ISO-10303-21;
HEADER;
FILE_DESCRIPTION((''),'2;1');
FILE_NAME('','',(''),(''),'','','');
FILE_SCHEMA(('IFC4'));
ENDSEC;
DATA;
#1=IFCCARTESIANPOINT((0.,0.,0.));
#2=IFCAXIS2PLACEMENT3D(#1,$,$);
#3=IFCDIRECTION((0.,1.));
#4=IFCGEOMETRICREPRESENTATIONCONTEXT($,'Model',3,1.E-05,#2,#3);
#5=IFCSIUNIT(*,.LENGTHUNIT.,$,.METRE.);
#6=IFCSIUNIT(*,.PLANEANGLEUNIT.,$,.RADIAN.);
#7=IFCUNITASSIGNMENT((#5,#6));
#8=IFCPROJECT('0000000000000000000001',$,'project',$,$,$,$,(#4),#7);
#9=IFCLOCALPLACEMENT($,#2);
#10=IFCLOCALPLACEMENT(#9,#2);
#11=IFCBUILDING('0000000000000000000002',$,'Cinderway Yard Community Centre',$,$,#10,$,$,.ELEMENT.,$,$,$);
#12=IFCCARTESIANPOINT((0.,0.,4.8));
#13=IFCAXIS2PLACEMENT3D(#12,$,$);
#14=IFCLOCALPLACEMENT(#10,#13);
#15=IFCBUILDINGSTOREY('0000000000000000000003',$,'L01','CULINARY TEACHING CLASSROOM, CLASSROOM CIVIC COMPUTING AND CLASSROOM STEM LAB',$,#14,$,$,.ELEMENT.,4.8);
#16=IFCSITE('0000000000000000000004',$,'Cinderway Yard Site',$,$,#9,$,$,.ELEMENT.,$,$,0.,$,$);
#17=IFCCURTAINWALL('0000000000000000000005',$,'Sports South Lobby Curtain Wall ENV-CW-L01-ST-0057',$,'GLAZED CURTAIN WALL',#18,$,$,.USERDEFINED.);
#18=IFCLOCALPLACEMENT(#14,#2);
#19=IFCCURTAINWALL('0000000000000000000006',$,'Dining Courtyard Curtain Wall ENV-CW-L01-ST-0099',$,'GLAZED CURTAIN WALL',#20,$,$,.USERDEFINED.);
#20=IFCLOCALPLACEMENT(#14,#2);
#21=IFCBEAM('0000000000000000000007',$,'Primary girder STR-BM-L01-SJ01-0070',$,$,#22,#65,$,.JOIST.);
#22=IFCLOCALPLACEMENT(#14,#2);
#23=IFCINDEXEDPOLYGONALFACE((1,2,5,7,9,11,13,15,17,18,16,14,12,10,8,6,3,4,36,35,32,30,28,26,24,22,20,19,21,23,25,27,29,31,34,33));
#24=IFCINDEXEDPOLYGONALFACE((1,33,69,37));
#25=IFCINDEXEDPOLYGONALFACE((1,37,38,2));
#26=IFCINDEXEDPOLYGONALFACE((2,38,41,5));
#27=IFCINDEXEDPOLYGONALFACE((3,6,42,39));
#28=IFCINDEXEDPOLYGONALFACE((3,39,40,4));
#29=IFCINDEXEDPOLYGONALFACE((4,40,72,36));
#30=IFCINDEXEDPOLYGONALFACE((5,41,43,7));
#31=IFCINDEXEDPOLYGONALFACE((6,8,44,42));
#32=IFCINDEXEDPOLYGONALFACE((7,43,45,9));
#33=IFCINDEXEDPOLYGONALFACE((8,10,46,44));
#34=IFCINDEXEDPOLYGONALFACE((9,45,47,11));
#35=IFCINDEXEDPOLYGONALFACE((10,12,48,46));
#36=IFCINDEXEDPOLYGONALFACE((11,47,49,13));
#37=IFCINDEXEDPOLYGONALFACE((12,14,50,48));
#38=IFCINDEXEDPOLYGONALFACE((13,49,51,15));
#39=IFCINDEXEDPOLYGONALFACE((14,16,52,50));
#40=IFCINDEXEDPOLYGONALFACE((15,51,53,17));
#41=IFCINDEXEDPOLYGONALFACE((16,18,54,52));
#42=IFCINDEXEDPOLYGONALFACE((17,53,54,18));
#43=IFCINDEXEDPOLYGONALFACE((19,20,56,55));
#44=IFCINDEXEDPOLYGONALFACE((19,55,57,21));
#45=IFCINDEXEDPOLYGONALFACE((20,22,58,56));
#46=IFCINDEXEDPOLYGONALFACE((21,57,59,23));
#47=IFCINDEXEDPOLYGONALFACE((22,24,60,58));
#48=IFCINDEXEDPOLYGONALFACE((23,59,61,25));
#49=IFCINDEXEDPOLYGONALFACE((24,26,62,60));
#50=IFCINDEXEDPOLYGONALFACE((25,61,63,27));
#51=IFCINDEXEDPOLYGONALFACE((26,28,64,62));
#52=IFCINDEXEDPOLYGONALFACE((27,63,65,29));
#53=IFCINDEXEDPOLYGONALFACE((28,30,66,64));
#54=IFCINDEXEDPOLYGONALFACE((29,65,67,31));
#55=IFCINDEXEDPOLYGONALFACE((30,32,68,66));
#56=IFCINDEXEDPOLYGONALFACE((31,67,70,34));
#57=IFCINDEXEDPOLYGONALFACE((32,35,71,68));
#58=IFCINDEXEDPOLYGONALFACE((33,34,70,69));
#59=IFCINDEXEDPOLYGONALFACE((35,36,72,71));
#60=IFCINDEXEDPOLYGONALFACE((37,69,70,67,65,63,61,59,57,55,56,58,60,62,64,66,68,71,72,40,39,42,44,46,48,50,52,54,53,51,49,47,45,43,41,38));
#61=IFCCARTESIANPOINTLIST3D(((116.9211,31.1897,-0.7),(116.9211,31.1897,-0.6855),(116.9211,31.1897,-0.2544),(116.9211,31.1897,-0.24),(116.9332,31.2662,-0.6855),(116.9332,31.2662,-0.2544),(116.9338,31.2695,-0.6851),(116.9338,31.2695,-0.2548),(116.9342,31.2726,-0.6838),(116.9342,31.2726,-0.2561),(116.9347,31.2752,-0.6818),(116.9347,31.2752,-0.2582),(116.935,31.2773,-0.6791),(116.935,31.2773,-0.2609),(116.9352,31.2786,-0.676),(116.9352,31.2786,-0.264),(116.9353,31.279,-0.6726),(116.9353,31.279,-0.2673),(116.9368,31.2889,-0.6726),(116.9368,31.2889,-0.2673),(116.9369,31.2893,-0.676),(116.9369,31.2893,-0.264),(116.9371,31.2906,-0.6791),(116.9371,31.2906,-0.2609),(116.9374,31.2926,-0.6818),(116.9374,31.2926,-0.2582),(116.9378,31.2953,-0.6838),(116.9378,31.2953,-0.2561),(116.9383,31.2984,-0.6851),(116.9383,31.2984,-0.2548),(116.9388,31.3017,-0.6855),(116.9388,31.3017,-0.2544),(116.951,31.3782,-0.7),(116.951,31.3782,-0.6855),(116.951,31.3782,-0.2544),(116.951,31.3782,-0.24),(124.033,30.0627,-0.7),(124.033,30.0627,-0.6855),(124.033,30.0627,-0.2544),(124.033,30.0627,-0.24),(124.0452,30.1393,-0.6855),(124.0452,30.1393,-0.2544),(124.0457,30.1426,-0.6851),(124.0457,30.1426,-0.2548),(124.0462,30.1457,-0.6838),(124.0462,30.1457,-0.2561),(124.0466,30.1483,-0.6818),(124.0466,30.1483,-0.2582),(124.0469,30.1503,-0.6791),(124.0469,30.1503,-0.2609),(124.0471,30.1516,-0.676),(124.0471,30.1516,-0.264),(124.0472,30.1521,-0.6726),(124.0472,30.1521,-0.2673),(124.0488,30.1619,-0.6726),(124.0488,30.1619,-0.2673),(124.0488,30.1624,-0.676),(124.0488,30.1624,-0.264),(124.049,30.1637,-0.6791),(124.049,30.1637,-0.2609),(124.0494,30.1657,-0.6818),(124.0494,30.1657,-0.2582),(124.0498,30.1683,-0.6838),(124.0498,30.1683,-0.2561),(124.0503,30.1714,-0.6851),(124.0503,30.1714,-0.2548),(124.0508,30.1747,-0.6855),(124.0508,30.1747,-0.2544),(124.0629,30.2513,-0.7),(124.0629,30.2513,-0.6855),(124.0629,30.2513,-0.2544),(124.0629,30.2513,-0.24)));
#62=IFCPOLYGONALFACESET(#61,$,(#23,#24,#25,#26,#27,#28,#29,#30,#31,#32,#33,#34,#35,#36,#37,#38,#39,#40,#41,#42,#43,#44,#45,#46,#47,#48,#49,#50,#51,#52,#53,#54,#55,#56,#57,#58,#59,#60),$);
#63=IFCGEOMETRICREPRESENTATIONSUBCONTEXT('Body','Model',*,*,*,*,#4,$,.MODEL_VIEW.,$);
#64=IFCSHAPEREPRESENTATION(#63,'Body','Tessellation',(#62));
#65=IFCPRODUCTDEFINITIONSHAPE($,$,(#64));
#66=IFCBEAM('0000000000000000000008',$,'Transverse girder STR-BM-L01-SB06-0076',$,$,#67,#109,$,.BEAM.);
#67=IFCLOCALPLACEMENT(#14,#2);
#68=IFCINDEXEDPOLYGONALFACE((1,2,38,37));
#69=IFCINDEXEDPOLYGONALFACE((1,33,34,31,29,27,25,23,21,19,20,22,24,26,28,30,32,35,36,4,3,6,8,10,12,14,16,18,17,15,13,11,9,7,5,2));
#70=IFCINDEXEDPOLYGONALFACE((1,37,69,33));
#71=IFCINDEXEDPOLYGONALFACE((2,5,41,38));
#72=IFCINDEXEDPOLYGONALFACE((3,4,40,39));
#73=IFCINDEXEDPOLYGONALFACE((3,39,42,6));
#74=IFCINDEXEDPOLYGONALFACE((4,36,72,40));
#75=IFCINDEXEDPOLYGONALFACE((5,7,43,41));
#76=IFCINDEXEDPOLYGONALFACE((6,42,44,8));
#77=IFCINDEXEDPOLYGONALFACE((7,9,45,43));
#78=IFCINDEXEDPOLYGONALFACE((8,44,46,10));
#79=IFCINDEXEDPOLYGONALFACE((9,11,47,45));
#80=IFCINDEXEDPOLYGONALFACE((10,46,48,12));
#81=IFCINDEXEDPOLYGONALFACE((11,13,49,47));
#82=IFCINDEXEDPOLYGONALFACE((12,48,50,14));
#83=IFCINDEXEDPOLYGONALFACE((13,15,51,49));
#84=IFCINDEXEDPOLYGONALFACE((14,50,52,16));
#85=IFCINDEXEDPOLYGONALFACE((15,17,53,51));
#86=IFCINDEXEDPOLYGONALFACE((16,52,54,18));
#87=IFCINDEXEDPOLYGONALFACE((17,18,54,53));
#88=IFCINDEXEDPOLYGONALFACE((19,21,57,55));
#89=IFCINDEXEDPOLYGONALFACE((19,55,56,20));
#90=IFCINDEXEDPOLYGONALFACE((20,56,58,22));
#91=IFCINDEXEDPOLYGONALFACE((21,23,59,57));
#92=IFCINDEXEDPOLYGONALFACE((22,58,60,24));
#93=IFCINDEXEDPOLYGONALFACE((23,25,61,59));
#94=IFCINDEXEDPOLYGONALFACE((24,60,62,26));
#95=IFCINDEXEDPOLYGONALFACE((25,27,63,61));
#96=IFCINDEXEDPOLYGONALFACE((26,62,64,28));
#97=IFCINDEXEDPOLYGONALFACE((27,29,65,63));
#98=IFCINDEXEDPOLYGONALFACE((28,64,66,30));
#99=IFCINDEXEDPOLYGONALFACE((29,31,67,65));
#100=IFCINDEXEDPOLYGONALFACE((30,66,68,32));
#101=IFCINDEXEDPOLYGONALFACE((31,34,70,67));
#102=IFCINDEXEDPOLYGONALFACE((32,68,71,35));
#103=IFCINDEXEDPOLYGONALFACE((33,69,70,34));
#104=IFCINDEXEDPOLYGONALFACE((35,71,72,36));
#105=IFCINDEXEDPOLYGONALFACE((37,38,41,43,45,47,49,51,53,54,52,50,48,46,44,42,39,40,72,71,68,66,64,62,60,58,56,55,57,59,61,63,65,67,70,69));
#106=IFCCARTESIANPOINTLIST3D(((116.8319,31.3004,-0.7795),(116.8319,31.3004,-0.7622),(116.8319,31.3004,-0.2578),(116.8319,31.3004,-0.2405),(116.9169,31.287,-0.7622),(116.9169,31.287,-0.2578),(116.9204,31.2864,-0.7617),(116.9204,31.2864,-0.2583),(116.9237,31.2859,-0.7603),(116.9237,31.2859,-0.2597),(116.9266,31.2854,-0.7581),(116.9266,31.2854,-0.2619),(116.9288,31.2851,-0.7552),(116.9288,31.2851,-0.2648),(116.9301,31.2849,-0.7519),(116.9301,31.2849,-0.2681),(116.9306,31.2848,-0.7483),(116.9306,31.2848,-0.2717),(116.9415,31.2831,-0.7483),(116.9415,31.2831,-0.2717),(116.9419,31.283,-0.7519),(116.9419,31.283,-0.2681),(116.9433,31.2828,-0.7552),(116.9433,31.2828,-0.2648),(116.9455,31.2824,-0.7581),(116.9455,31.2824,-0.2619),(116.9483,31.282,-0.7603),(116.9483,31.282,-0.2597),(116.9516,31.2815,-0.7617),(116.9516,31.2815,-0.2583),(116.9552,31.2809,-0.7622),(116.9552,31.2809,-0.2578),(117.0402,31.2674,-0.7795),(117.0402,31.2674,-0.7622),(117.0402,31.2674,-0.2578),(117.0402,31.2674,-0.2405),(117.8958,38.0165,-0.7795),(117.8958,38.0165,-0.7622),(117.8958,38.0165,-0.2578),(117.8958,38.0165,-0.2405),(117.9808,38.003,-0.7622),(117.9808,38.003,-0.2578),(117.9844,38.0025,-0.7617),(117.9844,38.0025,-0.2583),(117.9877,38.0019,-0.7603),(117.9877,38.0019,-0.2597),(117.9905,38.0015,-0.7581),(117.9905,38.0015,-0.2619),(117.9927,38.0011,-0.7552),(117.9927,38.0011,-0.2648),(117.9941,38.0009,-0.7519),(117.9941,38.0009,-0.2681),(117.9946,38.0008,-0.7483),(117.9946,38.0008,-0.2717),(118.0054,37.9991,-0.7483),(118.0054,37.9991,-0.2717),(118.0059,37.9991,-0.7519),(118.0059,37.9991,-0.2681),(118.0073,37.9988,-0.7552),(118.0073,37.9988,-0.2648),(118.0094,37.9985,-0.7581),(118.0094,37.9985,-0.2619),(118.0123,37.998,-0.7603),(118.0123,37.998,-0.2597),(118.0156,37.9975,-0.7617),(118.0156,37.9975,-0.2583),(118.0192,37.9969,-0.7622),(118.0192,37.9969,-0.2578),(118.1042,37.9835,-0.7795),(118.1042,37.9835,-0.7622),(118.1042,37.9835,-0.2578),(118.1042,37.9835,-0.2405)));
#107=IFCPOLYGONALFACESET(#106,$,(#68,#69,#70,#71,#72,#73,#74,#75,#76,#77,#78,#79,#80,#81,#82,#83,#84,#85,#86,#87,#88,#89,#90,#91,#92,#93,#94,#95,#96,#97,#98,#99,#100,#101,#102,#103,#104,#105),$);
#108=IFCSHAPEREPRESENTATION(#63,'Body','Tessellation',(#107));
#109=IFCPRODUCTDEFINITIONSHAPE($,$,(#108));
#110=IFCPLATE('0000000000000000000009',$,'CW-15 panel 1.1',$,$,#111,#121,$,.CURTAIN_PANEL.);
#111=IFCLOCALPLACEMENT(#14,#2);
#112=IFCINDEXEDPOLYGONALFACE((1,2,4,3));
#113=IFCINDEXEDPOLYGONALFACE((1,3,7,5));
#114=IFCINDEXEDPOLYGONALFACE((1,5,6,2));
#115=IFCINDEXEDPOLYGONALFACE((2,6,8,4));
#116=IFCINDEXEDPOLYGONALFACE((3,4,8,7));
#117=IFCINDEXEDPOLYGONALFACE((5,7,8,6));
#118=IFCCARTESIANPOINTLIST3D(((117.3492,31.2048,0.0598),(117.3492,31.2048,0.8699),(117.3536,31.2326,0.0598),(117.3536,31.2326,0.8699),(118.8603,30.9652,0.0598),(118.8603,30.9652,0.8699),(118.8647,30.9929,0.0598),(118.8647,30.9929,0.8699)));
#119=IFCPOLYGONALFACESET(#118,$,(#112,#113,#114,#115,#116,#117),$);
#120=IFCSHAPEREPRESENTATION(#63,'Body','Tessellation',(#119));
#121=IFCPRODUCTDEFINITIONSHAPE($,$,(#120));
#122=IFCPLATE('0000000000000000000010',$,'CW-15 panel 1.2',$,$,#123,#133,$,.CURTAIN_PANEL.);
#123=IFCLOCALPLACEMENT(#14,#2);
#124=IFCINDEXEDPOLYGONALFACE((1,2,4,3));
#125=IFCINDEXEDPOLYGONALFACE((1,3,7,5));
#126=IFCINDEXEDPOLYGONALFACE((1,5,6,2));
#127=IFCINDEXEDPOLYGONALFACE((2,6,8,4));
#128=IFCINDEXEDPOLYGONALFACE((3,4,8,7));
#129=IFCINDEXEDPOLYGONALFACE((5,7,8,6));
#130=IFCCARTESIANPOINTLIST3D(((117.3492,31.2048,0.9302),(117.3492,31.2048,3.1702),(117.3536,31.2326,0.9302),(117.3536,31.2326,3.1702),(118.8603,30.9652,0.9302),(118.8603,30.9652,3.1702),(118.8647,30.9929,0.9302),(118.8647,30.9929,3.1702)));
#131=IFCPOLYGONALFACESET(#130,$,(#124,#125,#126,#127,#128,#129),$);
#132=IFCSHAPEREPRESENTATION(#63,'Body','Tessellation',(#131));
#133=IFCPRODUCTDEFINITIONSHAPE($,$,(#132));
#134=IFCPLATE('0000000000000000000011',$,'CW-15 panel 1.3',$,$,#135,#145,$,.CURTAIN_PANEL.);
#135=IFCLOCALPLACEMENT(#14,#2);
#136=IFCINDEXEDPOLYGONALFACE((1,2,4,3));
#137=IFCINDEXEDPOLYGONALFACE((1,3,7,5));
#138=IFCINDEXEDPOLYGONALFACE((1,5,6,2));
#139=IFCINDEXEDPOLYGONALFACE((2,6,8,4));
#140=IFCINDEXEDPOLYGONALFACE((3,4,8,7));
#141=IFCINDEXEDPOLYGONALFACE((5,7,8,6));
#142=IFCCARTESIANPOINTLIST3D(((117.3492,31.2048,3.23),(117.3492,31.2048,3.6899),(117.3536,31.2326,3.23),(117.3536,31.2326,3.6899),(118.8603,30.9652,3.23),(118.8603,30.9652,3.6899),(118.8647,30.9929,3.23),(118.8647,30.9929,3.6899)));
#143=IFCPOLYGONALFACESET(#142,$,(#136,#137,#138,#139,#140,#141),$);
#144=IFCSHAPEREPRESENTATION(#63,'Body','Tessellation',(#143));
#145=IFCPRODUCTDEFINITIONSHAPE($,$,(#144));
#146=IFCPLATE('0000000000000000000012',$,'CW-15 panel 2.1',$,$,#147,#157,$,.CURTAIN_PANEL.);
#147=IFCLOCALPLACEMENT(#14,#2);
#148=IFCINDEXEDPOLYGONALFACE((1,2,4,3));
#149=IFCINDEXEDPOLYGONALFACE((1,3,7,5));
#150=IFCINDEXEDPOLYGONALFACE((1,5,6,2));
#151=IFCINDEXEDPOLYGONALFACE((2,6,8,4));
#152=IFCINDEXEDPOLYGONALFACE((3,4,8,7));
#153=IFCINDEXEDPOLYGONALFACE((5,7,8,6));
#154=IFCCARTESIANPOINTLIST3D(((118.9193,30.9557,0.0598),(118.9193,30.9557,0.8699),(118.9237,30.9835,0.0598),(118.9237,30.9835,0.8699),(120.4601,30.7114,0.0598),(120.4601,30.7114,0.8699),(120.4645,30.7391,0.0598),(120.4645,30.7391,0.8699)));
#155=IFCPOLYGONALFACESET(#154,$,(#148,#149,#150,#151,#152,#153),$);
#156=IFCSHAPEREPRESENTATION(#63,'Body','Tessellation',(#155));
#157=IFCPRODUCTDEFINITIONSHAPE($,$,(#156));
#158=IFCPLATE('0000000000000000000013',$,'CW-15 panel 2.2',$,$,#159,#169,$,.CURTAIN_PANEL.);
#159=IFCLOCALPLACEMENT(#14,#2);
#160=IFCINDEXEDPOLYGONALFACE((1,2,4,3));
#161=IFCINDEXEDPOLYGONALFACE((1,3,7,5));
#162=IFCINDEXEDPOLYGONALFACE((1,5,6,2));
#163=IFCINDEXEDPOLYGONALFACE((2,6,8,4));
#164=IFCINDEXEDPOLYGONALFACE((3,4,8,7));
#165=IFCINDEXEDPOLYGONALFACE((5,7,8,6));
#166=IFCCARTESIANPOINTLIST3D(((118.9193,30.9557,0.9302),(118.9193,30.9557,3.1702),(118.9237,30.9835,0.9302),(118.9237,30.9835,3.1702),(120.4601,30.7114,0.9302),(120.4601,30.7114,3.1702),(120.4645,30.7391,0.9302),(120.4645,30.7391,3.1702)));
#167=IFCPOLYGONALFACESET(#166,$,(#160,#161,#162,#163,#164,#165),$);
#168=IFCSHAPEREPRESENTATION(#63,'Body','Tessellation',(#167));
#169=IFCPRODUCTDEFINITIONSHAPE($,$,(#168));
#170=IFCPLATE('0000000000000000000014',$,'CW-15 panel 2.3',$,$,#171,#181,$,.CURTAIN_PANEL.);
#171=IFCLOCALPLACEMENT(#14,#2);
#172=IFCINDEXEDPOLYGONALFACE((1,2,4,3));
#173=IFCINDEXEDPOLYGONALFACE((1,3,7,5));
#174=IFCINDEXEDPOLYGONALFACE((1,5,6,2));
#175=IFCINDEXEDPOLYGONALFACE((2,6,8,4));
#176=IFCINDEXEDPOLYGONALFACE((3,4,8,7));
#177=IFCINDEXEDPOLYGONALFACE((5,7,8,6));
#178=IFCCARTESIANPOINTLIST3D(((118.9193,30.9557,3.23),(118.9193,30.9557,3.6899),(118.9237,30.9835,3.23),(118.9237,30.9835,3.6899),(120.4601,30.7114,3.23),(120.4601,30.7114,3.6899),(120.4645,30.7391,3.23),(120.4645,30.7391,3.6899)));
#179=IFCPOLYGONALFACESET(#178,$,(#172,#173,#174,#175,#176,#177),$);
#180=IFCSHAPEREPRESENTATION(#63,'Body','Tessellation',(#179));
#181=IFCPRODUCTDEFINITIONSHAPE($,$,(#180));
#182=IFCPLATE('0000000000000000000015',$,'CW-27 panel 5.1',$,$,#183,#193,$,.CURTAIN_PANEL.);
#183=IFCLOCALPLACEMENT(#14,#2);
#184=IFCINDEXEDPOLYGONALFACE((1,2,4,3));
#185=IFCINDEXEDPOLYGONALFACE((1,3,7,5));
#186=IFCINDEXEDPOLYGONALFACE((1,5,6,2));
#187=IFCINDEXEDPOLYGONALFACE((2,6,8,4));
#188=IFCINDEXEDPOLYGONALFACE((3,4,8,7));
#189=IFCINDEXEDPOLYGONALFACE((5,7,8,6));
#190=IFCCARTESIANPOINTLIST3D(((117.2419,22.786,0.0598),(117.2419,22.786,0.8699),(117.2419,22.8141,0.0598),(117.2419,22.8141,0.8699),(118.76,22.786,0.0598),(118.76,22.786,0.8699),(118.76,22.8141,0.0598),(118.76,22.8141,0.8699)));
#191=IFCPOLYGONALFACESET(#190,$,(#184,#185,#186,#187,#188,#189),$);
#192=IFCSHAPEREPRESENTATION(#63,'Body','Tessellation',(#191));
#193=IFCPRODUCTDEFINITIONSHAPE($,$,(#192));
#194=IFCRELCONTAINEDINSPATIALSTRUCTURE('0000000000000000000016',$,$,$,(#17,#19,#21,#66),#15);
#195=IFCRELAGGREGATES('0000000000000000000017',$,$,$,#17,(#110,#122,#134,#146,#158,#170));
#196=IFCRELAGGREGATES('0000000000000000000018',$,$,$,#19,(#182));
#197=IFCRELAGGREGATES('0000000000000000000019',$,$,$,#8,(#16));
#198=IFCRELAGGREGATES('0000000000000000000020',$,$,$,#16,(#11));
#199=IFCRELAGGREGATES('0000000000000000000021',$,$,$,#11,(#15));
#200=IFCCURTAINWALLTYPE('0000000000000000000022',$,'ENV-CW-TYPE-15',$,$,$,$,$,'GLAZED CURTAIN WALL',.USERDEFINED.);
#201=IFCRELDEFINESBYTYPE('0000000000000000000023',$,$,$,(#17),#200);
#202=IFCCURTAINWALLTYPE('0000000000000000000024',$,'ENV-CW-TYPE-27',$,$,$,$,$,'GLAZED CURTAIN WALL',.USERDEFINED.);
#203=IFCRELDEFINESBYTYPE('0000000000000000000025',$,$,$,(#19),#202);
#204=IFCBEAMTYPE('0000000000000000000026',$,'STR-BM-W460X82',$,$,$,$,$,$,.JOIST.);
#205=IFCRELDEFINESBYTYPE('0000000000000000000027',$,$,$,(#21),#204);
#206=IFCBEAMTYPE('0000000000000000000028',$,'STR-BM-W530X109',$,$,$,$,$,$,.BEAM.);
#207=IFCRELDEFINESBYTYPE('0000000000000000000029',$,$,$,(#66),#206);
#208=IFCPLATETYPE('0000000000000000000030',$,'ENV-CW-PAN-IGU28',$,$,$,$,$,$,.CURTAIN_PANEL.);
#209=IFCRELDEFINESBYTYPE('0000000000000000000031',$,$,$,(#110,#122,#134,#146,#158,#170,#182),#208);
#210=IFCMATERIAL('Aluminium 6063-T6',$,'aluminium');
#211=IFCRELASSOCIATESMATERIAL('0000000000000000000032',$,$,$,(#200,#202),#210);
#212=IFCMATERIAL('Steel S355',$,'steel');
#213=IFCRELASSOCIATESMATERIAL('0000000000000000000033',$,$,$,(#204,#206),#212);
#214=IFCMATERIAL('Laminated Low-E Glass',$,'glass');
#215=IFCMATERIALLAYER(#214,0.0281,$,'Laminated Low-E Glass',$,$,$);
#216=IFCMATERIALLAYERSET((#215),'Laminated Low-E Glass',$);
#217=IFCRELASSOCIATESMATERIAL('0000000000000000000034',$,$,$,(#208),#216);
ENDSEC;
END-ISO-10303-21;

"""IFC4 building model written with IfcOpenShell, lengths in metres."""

from ifc_helpers import new_model, si_unit, direction, frame, origin, origin_2d, place, context, subcontext, project, spatial, rectangle, i_section, extrude, material, layer, layer_set, material_profile, profile_set, type_object, element, aggregate, save


model = new_model("IFC4")

# Units and contexts
model_context = context("Model", 3, precision=1e-05, world=origin(), true_north=direction((0.0, 1.0)))
body_context = subcontext(model_context, "Body", "Model", "MODEL_VIEW")
ifc_project = project(units=[si_unit("LENGTHUNIT", "METRE"), si_unit("PLANEANGLEUNIT", "RADIAN")], contexts=[model_context])

# Site, building, storey
site_placement = place(None, origin())
site = spatial("IfcSite", under=ifc_project, at=site_placement, Name="Cinderway Yard Site", CompositionType="ELEMENT", RefElevation=0.0)
building_placement = place(site_placement, origin())
building = spatial("IfcBuilding", under=site, at=building_placement, Name="Cinderway Yard Community Centre", CompositionType="ELEMENT")
storey_placement = place(building_placement, frame((0.0, 0.0, 4.8)))
storey = spatial("IfcBuildingStorey", under=building, at=storey_placement, Name="L01", Description="CULINARY TEACHING CLASSROOM, CLASSROOM CIVIC COMPUTING AND CLASSROOM STEM LAB", CompositionType="ELEMENT", Elevation=4.8)

# Curtain wall
ifc_material_1 = material(Name="Aluminium 6063-T6", Category="aluminium")
curtain_wall_type_1 = type_object("IfcCurtainWallType", Name="ENV-CW-TYPE-15", ElementType="GLAZED CURTAIN WALL", PredefinedType="USERDEFINED", material=ifc_material_1)
curtain_wall_1_placement = place(storey_placement, origin())
curtain_wall_1 = element("IfcCurtainWall", 1, at=curtain_wall_1_placement, inside=storey, type_object=curtain_wall_type_1, Name="Sports South Lobby Curtain Wall ENV-CW-L01-ST-0057", ObjectType="GLAZED CURTAIN WALL", PredefinedType="USERDEFINED")

# Curtain wall
curtain_wall_type_2 = type_object("IfcCurtainWallType", Name="ENV-CW-TYPE-27", ElementType="GLAZED CURTAIN WALL", PredefinedType="USERDEFINED", material=ifc_material_1)
curtain_wall_2_placement = place(storey_placement, origin())
curtain_wall_2 = element("IfcCurtainWall", 2, at=curtain_wall_2_placement, inside=storey, type_object=curtain_wall_type_2, Name="Dining Courtyard Curtain Wall ENV-CW-L01-ST-0099", ObjectType="GLAZED CURTAIN WALL", PredefinedType="USERDEFINED")

# Beams
ifc_material_2 = material(Name="Steel S355", Category="steel")
ifc_material_profile_1 = material_profile(ifc_material_2, i_section(OverallWidth=0.1909, OverallDepth=0.46, WebThickness=0.01, FlangeThickness=0.0144, FilletRadius=0.0129, at=origin_2d()), Name="Steel S355")
ifc_profile_set_1 = profile_set([ifc_material_profile_1], Name="Steel S355")
beam_type_1 = type_object("IfcBeamType", Name="STR-BM-W460X82", PredefinedType="JOIST", material=ifc_profile_set_1)
beam_1_placement = place(storey_placement, frame((116.936, 31.2839, -0.47), z_axis=(0.987677, -0.156504, 0.0), x_axis=(0.156504, 0.987677, 0.0)))
element("IfcBeam", 3, at=beam_1_placement, inside=storey, type_object=beam_type_1, Name="Primary girder STR-BM-L01-SJ01-0070", PredefinedType="JOIST", context=body_context, shape_type="SweptSolid", body=[
    extrude(i_section(OverallWidth=0.1909, OverallDepth=0.46, WebThickness=0.01, FlangeThickness=0.0144, FilletRadius=0.0129, at=origin_2d()), origin(), (0.0, 0.0, 1.0), 7.2007),
])
ifc_material_profile_2 = material_profile(ifc_material_2, i_section(OverallWidth=0.2109, OverallDepth=0.5391, WebThickness=0.011, FlangeThickness=0.0173, FilletRadius=0.0139, at=origin_2d()), Name="Steel S355")
ifc_profile_set_2 = profile_set([ifc_material_profile_2], Name="Steel S355")
beam_type_2 = type_object("IfcBeamType", Name="STR-BM-W530X109", PredefinedType="BEAM", material=ifc_profile_set_2)
beam_2_placement = place(storey_placement, frame((116.936, 31.2839, -0.51), z_axis=(0.15647, 0.987683, 0.0), x_axis=(-0.987683, 0.15647, 0.0)))
element("IfcBeam", 4, at=beam_2_placement, inside=storey, type_object=beam_type_2, Name="Transverse girder STR-BM-L01-SB06-0076", PredefinedType="BEAM", context=body_context, shape_type="SweptSolid", body=[
    extrude(i_section(OverallWidth=0.2109, OverallDepth=0.5391, WebThickness=0.011, FlangeThickness=0.0173, FilletRadius=0.0139, at=origin_2d()), origin(), (0.0, 0.0, 1.0), 6.7998),
])

# Plates
ifc_material_3 = material(Name="Laminated Low-E Glass", Category="glass")
ifc_layer_1 = layer(ifc_material_3, 0.0281, Name="Laminated Low-E Glass")
ifc_layer_set_1 = layer_set([ifc_layer_1], Name="Laminated Low-E Glass")
plate_type = type_object("IfcPlateType", Name="ENV-CW-PAN-IGU28", PredefinedType="CURTAIN_PANEL", material=ifc_layer_set_1)
plate_1_placement = place(storey_placement, frame((118.1069, 31.0989, 0.0598), z_axis=(0.0, 0.0, 1.0), x_axis=(0.987656, -0.156636, 0.0)))
plate_1 = element("IfcPlate", 5, at=plate_1_placement, type_object=plate_type, Name="CW-15 panel 1.1", PredefinedType="CURTAIN_PANEL", context=body_context, shape_type="SweptSolid", body=[
    extrude(rectangle(XDim=1.53, YDim=0.0281, at=origin_2d()), origin(), (0.0, 0.0, 1.0), 0.8101),
])
plate_2_placement = place(storey_placement, frame((118.1069, 31.0989, 0.9302), z_axis=(0.0, 0.0, 1.0), x_axis=(0.987656, -0.156636, 0.0)))
plate_2 = element("IfcPlate", 6, at=plate_2_placement, type_object=plate_type, Name="CW-15 panel 1.2", PredefinedType="CURTAIN_PANEL", context=body_context, shape_type="SweptSolid", body=[
    extrude(rectangle(XDim=1.53, YDim=0.0281, at=origin_2d()), origin(), (0.0, 0.0, 1.0), 2.24),
])
plate_3_placement = place(storey_placement, frame((118.1069, 31.0989, 3.23), z_axis=(0.0, 0.0, 1.0), x_axis=(0.987656, -0.156636, 0.0)))
plate_3 = element("IfcPlate", 7, at=plate_3_placement, type_object=plate_type, Name="CW-15 panel 1.3", PredefinedType="CURTAIN_PANEL", context=body_context, shape_type="SweptSolid", body=[
    extrude(rectangle(XDim=1.53, YDim=0.0281, at=origin_2d()), origin(), (0.0, 0.0, 1.0), 0.46),
])
plate_4_placement = place(storey_placement, frame((119.6919, 30.8474, 0.0598), z_axis=(0.0, 0.0, 1.0), x_axis=(0.987656, -0.156636, 0.0)))
plate_4 = element("IfcPlate", 8, at=plate_4_placement, type_object=plate_type, Name="CW-15 panel 2.1", PredefinedType="CURTAIN_PANEL", context=body_context, shape_type="SweptSolid", body=[
    extrude(rectangle(XDim=1.5601, YDim=0.0281, at=origin_2d()), origin(), (0.0, 0.0, 1.0), 0.8101),
])
plate_5_placement = place(storey_placement, frame((119.6919, 30.8474, 0.9302), z_axis=(0.0, 0.0, 1.0), x_axis=(0.987656, -0.156636, 0.0)))
plate_5 = element("IfcPlate", 9, at=plate_5_placement, type_object=plate_type, Name="CW-15 panel 2.2", PredefinedType="CURTAIN_PANEL", context=body_context, shape_type="SweptSolid", body=[
    extrude(rectangle(XDim=1.5601, YDim=0.0281, at=origin_2d()), origin(), (0.0, 0.0, 1.0), 2.24),
])
plate_6_placement = place(storey_placement, frame((119.6919, 30.8474, 3.23), z_axis=(0.0, 0.0, 1.0), x_axis=(0.987656, -0.156636, 0.0)))
plate_6 = element("IfcPlate", 10, at=plate_6_placement, type_object=plate_type, Name="CW-15 panel 2.3", PredefinedType="CURTAIN_PANEL", context=body_context, shape_type="SweptSolid", body=[
    extrude(rectangle(XDim=1.5601, YDim=0.0281, at=origin_2d()), origin(), (0.0, 0.0, 1.0), 0.46),
])
aggregate(curtain_wall_1, [plate_1, plate_2, plate_3, plate_4, plate_5, plate_6])
plate_7_placement = place(storey_placement, frame((118.001, 22.8, 0.0598), z_axis=(0.0, 0.0, 1.0), x_axis=(1.0, 0.0, 0.0)))
plate_7 = element("IfcPlate", 11, at=plate_7_placement, type_object=plate_type, Name="CW-27 panel 5.1", PredefinedType="CURTAIN_PANEL", context=body_context, shape_type="SweptSolid", body=[
    extrude(rectangle(XDim=1.5181, YDim=0.0281, at=origin_2d()), origin(), (0.0, 0.0, 1.0), 0.8101),
])
aggregate(curtain_wall_2, [plate_7])

save(model, "model.ifc")
